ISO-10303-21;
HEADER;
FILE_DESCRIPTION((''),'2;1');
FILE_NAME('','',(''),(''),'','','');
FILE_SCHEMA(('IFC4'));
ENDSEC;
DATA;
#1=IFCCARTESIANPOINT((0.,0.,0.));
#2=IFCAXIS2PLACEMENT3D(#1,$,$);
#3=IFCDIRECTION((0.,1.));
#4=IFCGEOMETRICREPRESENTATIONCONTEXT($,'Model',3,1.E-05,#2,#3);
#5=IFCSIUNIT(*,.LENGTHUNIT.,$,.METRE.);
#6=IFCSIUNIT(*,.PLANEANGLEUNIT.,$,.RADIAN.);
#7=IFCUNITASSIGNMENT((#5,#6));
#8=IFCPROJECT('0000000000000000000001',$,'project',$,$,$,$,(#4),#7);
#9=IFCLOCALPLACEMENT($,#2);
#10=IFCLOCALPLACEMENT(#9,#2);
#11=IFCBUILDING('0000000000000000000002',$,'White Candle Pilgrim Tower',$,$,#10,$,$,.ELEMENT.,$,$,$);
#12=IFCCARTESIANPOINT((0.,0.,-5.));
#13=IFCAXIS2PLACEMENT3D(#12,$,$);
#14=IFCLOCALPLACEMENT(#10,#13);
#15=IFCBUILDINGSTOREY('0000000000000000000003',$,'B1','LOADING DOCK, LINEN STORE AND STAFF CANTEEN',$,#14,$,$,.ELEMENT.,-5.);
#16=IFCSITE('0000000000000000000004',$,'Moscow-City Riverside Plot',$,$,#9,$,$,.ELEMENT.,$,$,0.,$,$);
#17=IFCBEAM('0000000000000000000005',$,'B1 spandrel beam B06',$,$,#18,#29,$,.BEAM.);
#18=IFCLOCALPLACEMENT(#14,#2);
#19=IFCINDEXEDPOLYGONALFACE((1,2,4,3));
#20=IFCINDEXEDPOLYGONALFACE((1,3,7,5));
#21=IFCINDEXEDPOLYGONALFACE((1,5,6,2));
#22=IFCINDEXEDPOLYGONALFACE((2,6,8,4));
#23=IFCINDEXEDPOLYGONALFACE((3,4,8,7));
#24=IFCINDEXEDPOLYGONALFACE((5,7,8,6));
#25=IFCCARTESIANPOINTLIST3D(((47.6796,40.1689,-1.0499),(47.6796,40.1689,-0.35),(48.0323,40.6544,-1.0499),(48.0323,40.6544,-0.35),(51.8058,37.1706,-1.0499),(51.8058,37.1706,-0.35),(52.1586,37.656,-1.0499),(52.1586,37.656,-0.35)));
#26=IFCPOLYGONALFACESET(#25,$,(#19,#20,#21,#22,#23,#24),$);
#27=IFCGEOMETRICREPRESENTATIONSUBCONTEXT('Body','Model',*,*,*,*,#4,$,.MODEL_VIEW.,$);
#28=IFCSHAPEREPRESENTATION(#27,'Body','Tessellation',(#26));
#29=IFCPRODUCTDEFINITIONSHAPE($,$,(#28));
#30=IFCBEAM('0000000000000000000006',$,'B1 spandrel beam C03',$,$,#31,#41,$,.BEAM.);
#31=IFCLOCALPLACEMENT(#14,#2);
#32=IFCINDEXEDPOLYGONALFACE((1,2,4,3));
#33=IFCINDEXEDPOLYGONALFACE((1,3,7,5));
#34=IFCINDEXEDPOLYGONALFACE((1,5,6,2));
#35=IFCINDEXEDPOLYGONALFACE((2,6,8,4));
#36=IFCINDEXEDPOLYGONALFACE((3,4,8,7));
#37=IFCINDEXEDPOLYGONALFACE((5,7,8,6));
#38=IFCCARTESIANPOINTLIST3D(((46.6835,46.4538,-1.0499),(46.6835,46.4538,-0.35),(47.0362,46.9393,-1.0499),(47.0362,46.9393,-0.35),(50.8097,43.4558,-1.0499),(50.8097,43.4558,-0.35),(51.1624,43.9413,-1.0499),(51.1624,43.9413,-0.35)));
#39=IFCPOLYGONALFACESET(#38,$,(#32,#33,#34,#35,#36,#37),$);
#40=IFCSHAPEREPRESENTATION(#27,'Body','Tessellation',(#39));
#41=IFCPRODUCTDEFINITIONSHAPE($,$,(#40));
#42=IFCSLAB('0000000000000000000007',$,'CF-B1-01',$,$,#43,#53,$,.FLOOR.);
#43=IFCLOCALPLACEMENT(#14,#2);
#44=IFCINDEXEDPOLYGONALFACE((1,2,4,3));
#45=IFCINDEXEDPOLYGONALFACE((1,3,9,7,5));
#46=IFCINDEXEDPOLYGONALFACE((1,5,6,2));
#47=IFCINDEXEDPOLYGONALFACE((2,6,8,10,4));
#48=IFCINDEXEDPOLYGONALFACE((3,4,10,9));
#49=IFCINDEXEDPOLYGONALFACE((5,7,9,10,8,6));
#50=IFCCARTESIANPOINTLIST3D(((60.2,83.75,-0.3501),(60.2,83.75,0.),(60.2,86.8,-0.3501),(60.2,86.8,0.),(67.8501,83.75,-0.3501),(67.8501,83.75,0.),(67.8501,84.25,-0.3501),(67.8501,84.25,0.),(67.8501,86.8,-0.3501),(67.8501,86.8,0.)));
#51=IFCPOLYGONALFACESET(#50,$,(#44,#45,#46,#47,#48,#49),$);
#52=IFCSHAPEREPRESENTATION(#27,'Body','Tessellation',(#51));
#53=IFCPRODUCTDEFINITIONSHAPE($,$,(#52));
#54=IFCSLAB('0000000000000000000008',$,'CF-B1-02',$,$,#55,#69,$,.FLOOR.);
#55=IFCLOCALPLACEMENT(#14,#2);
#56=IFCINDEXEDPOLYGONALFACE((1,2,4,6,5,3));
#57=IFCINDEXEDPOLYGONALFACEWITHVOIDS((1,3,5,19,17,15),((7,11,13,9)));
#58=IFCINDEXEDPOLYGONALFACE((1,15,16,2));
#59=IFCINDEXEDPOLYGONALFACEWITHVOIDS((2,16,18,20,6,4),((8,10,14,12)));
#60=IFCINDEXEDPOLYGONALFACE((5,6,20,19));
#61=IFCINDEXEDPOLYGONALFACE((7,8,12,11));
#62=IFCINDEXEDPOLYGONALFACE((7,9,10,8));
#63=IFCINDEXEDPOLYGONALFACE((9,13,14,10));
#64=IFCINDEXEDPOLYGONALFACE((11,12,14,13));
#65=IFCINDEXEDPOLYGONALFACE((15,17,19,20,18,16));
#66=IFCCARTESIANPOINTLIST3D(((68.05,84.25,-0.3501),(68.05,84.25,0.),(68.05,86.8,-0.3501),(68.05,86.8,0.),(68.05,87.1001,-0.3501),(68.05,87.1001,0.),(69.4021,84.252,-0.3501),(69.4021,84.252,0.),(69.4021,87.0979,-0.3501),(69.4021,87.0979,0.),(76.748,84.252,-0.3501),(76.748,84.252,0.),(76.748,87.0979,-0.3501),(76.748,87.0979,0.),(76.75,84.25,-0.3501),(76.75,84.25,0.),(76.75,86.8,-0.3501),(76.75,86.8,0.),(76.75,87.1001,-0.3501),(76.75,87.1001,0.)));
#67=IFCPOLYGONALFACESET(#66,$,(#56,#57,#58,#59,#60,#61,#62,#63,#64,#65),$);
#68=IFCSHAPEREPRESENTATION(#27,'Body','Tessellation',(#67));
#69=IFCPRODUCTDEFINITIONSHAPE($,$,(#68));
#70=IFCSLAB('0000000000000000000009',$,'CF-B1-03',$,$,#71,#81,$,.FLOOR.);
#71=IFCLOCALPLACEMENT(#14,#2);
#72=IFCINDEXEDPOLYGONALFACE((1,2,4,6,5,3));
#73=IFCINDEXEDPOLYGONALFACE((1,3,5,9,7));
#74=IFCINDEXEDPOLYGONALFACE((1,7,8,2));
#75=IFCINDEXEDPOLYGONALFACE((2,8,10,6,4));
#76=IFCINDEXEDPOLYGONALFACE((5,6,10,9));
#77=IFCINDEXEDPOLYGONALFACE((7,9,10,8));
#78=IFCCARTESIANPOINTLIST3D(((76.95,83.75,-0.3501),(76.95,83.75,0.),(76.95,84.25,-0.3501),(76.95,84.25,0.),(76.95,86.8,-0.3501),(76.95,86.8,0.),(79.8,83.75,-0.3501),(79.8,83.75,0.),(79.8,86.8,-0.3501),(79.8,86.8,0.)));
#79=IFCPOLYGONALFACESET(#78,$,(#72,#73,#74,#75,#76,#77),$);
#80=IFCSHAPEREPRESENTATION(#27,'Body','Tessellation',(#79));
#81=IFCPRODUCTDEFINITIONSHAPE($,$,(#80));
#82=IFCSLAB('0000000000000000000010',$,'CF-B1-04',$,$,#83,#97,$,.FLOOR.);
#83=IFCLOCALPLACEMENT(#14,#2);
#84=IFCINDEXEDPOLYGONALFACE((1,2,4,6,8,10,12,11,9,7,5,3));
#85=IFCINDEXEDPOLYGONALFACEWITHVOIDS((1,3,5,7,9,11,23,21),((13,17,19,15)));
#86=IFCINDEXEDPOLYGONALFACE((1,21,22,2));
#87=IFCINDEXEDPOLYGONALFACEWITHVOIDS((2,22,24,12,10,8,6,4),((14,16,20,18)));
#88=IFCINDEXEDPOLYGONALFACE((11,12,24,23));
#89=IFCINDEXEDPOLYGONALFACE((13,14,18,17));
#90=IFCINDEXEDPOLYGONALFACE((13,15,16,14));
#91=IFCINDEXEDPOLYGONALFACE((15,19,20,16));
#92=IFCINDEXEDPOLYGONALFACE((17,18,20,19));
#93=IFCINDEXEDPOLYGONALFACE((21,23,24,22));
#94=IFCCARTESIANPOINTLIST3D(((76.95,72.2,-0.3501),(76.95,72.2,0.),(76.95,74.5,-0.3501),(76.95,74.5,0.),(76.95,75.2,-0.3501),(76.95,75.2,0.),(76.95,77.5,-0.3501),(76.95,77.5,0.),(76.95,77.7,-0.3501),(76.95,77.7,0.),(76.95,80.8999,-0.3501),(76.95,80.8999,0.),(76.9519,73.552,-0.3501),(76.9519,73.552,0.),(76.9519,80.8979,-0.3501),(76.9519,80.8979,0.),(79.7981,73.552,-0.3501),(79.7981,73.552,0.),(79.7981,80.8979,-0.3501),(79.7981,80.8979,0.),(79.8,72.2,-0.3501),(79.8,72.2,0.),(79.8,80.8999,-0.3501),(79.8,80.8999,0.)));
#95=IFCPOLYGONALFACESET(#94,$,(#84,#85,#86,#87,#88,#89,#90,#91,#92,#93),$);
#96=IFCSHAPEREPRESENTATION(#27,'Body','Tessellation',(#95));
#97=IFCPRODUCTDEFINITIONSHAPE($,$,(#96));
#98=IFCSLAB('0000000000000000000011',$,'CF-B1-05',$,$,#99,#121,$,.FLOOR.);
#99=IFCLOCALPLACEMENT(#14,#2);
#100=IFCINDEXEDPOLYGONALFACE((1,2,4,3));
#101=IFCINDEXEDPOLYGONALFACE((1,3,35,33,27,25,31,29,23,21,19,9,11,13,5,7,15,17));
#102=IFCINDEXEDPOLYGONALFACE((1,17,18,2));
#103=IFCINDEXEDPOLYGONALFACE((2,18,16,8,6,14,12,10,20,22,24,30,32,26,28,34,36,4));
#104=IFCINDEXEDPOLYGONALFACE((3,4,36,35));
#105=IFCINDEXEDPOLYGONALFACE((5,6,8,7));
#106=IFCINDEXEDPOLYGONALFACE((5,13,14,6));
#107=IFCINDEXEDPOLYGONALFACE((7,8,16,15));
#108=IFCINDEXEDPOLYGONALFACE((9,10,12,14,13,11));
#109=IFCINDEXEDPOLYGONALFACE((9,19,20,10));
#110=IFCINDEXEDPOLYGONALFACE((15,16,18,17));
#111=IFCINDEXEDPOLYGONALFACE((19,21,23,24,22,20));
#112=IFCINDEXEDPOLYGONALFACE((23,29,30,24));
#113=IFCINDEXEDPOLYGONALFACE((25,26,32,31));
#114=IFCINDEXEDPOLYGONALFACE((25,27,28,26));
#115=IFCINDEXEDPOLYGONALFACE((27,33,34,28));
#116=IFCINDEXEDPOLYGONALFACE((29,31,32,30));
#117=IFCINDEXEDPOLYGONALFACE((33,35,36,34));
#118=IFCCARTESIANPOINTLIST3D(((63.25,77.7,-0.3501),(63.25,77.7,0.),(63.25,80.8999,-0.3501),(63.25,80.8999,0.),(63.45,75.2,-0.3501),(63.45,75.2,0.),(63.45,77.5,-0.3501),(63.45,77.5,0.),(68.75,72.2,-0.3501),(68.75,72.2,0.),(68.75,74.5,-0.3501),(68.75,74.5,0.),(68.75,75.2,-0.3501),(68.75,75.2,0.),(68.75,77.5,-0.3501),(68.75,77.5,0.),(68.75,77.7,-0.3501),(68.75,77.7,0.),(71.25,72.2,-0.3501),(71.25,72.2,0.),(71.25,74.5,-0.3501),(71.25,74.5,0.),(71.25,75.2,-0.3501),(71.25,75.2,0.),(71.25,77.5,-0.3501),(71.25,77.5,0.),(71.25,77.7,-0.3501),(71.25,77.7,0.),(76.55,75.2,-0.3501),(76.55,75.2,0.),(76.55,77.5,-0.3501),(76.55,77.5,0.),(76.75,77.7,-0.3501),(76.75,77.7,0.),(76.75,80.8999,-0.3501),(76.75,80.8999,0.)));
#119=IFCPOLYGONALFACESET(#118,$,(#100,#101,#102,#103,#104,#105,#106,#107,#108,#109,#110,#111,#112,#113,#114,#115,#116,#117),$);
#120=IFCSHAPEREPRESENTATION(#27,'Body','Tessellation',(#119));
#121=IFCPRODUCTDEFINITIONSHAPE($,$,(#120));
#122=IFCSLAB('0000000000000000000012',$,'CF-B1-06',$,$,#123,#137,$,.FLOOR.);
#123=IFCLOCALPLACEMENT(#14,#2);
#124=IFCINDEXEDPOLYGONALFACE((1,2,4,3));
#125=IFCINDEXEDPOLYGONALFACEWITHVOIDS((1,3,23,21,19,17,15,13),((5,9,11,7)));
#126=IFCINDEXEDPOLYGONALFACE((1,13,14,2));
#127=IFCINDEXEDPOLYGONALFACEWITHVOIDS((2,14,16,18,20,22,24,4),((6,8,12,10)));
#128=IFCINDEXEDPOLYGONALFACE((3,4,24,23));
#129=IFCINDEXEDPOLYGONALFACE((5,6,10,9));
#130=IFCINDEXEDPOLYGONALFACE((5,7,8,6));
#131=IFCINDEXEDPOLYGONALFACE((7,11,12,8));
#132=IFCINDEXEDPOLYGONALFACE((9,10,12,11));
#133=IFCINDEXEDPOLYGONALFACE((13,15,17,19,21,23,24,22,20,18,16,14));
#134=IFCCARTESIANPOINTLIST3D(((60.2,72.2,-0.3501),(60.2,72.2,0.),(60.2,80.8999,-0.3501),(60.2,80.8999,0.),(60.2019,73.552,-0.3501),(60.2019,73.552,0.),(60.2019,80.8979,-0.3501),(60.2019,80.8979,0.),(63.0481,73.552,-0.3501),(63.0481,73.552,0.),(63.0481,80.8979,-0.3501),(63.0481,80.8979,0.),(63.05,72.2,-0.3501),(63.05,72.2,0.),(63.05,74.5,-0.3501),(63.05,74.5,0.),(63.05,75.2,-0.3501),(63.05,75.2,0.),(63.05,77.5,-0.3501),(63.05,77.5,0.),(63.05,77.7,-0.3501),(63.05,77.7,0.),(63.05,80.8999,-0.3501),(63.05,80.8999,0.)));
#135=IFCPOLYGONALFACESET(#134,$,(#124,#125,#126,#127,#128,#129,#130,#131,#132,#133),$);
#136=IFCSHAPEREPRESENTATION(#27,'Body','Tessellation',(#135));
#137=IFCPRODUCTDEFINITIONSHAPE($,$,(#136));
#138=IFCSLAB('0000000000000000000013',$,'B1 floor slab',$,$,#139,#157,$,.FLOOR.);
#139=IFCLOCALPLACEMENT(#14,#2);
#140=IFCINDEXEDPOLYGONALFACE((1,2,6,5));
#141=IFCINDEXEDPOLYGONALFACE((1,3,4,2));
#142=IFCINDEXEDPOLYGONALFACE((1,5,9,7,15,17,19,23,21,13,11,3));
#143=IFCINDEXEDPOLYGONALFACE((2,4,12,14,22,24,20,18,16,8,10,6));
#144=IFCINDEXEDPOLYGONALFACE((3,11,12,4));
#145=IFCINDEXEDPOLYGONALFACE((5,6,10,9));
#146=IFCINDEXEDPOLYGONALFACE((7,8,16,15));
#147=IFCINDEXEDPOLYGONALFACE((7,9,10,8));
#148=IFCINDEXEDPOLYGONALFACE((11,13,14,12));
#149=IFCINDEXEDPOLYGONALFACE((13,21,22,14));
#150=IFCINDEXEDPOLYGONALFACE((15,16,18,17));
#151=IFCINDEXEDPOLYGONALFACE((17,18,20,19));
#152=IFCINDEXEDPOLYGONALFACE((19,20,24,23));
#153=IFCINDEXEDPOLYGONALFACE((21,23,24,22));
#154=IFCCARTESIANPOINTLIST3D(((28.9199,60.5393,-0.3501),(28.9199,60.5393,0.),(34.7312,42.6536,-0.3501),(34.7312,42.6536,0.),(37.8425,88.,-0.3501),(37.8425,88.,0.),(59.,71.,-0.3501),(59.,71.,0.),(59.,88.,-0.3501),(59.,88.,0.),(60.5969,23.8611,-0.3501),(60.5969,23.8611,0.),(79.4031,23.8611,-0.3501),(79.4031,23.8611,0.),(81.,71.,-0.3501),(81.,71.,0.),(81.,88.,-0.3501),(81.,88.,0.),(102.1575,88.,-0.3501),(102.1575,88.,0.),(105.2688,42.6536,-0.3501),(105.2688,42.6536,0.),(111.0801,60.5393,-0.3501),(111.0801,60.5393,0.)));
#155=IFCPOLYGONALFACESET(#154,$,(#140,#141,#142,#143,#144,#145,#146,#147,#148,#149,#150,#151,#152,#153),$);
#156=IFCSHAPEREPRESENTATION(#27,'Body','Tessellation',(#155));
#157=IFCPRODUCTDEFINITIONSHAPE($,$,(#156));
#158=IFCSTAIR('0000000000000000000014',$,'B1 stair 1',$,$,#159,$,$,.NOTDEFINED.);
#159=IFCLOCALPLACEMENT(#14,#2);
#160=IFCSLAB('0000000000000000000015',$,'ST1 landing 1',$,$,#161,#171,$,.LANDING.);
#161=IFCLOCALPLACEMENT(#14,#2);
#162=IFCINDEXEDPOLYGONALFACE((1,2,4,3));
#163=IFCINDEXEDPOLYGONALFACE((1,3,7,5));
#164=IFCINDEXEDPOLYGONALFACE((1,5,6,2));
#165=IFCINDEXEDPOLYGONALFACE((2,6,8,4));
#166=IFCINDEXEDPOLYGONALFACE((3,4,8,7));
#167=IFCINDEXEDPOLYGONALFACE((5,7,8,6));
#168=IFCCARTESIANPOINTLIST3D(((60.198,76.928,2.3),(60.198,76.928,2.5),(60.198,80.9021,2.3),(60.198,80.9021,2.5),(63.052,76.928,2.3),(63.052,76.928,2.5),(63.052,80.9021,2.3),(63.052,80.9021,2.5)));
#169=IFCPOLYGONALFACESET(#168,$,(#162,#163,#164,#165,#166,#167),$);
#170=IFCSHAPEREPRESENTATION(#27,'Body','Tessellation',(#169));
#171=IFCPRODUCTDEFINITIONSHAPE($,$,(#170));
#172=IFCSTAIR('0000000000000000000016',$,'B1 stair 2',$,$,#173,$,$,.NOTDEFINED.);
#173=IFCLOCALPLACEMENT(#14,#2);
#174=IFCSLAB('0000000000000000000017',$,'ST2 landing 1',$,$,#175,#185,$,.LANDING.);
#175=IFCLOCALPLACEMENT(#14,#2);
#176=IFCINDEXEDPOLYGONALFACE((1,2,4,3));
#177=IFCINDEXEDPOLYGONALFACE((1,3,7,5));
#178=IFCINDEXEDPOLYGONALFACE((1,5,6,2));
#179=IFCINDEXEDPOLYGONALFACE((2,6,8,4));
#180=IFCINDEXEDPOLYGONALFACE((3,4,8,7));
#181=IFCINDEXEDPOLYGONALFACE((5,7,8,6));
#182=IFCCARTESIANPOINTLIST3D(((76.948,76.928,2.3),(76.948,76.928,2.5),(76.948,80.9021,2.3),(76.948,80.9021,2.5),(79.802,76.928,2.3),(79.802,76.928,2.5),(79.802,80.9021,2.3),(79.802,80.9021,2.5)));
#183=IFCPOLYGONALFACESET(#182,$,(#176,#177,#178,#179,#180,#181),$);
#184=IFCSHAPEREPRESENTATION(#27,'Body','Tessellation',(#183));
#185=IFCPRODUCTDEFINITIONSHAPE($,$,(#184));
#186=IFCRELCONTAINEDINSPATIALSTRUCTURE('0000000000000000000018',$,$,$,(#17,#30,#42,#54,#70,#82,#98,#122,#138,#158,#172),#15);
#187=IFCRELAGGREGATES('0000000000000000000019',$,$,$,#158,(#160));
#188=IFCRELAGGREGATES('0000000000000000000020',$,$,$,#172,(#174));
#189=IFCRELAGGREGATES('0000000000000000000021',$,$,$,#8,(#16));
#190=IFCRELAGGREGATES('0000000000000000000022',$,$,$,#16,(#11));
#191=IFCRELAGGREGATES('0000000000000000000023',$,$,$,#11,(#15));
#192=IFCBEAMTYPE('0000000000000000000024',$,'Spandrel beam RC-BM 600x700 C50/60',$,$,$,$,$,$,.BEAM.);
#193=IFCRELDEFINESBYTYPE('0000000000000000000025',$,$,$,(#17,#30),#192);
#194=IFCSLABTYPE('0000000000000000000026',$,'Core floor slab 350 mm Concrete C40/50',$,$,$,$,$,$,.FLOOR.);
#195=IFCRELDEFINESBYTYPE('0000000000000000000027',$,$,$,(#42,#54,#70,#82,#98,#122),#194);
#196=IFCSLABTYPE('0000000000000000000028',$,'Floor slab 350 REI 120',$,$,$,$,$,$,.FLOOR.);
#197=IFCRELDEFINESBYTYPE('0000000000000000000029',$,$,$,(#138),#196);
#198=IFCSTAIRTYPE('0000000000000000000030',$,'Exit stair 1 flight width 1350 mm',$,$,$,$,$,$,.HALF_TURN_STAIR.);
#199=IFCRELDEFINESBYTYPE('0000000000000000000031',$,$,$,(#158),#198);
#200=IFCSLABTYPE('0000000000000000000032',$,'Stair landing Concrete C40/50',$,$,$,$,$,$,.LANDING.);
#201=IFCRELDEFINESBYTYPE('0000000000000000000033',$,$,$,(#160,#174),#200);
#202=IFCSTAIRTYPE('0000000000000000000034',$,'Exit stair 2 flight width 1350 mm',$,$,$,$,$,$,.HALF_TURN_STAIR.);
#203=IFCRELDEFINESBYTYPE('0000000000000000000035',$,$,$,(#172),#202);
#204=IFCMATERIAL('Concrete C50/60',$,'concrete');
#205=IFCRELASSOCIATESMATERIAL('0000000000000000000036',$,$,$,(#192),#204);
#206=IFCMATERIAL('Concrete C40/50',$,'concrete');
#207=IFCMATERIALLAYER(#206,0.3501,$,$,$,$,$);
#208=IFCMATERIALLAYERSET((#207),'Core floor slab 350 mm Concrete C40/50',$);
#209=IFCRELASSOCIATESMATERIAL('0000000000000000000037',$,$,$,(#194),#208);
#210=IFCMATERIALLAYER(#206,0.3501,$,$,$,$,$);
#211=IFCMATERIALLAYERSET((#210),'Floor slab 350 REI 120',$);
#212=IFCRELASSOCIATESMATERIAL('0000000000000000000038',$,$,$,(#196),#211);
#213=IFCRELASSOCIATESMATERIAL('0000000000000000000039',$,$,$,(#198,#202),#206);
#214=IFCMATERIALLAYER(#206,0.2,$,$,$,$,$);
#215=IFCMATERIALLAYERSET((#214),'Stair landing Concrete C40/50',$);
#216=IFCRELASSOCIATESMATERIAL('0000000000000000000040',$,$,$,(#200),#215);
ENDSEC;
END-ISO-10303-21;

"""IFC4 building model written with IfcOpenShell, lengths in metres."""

from ifc_helpers import new_model, si_unit, direction, frame, origin, origin_2d, place, context, subcontext, project, spatial, polyline, rectangle, outline, extrude, material, layer, layer_set, material_profile, profile_set, type_object, element, aggregate, save


model = new_model("IFC4")

# Units and contexts
model_context = context("Model", 3, precision=1e-05, world=origin(), true_north=direction((0.0, 1.0)))
body_context = subcontext(model_context, "Body", "Model", "MODEL_VIEW")
ifc_project = project(units=[si_unit("LENGTHUNIT", "METRE"), si_unit("PLANEANGLEUNIT", "RADIAN")], contexts=[model_context])

# Site, building, storey
site_placement = place(None, origin())
site = spatial("IfcSite", under=ifc_project, at=site_placement, Name="Moscow-City Riverside Plot", CompositionType="ELEMENT", RefElevation=0.0)
building_placement = place(site_placement, origin())
building = spatial("IfcBuilding", under=site, at=building_placement, Name="White Candle Pilgrim Tower", CompositionType="ELEMENT")
storey_placement = place(building_placement, frame((0.0, 0.0, -5.0)))
storey = spatial("IfcBuildingStorey", under=building, at=storey_placement, Name="B1", Description="LOADING DOCK, LINEN STORE AND STAFF CANTEEN", CompositionType="ELEMENT", Elevation=-5.0)

# Beams
ifc_material_1 = material(Name="Concrete C50/60", Category="concrete")
ifc_material_profile_1 = material_profile(ifc_material_1, rectangle(XDim=0.6001, YDim=0.7, at=origin_2d()), Name="RC-BM 600x700")
ifc_profile_set_1 = profile_set([ifc_material_profile_1], Name="Concrete C50/60")
beam_type = type_object("IfcBeamType", Name="Spandrel beam RC-BM 600x700 C50/60", PredefinedType="BEAM", material=ifc_profile_set_1)
beam_1_placement = place(storey_placement, frame((47.856, 40.4116, -0.7), z_axis=(0.808978, -0.587839, 0.0), x_axis=(0.587839, 0.808978, 0.0)))
element("IfcBeam", 1, at=beam_1_placement, inside=storey, type_object=beam_type, Name="B1 spandrel beam B06", PredefinedType="BEAM", context=body_context, shape_type="SweptSolid", body=[
    extrude(rectangle(XDim=0.6001, YDim=0.7, at=origin_2d()), origin(), (0.0, 0.0, 1.0), 5.1006),
])
beam_2_placement = place(storey_placement, frame((46.8599, 46.6965, -0.7), z_axis=(0.809001, -0.587807, 0.0), x_axis=(0.587807, 0.809001, 0.0)))
element("IfcBeam", 2, at=beam_2_placement, inside=storey, type_object=beam_type, Name="B1 spandrel beam C03", PredefinedType="BEAM", context=body_context, shape_type="SweptSolid", body=[
    extrude(rectangle(XDim=0.6001, YDim=0.7, at=origin_2d()), origin(), (0.0, 0.0, 1.0), 5.1003),
])

# Slabs
ifc_material_2 = material(Name="Concrete C40/50", Category="concrete")
ifc_layer_1 = layer(ifc_material_2, 0.3501)
ifc_layer_set_1 = layer_set([ifc_layer_1], Name="Core floor slab 350 mm Concrete C40/50")
slab_type_1 = type_object("IfcSlabType", Name="Core floor slab 350 mm Concrete C40/50", PredefinedType="FLOOR", material=ifc_layer_set_1)
slab_1_placement = place(storey_placement, frame((0.0, 0.0, -0.3501)))
element("IfcSlab", 3, at=slab_1_placement, inside=storey, type_object=slab_type_1, Name="CF-B1-01", PredefinedType="FLOOR", context=body_context, shape_type="SweptSolid", body=[
    extrude(outline(polyline([(67.8501, 86.8), (67.8501, 84.25), (67.8501, 83.75), (60.2, 83.75), (60.2, 86.8), (67.8501, 86.8)])), origin(), (0.0, 0.0, 1.0), 0.3501),
])
slab_2_placement = place(storey_placement, frame((0.0, 0.0, -0.3501)))
element("IfcSlab", 4, at=slab_2_placement, inside=storey, type_object=slab_type_1, Name="CF-B1-02", PredefinedType="FLOOR", context=body_context, shape_type="SweptSolid", body=[
    extrude(outline(polyline([(68.05, 87.1001), (76.75, 87.1001), (76.75, 86.8), (76.75, 84.25), (68.05, 84.25), (68.05, 86.8), (68.05, 87.1001)]), holes=[polyline([(69.4021, 87.0979), (69.4021, 84.252), (76.748, 84.252), (76.748, 87.0979), (69.4021, 87.0979)])]), origin(), (0.0, 0.0, 1.0), 0.3501),
])
slab_3_placement = place(storey_placement, frame((0.0, 0.0, -0.3501)))
element("IfcSlab", 5, at=slab_3_placement, inside=storey, type_object=slab_type_1, Name="CF-B1-03", PredefinedType="FLOOR", context=body_context, shape_type="SweptSolid", body=[
    extrude(outline(polyline([(79.8, 86.8), (79.8, 83.75), (76.95, 83.75), (76.95, 84.25), (76.95, 86.8), (79.8, 86.8)])), origin(), (0.0, 0.0, 1.0), 0.3501),
])
slab_4_placement = place(storey_placement, frame((0.0, 0.0, -0.3501)))
element("IfcSlab", 6, at=slab_4_placement, inside=storey, type_object=slab_type_1, Name="CF-B1-04", PredefinedType="FLOOR", context=body_context, shape_type="SweptSolid", body=[
    extrude(outline(polyline([(79.8, 72.2), (76.95, 72.2), (76.95, 74.5), (76.95, 75.2), (76.95, 77.5), (76.95, 77.7), (76.95, 80.8999), (79.8, 80.8999), (79.8, 72.2)]), holes=[polyline([(76.9519, 73.552), (79.7981, 73.552), (79.7981, 80.8979), (76.9519, 80.8979), (76.9519, 73.552)])]), origin(), (0.0, 0.0, 1.0), 0.3501),
])
slab_5_placement = place(storey_placement, frame((0.0, 0.0, -0.3501)))
element("IfcSlab", 7, at=slab_5_placement, inside=storey, type_object=slab_type_1, Name="CF-B1-05", PredefinedType="FLOOR", context=body_context, shape_type="SweptSolid", body=[
    extrude(outline(polyline([(68.75, 72.2), (68.75, 74.5), (68.75, 75.2), (63.45, 75.2), (63.45, 77.5), (68.75, 77.5), (68.75, 77.7), (63.25, 77.7), (63.25, 80.8999), (76.75, 80.8999), (76.75, 77.7), (71.25, 77.7), (71.25, 77.5), (76.55, 77.5), (76.55, 75.2), (71.25, 75.2), (71.25, 74.5), (71.25, 72.2), (68.75, 72.2)])), origin(), (0.0, 0.0, 1.0), 0.3501),
])
slab_6_placement = place(storey_placement, frame((0.0, 0.0, -0.3501)))
element("IfcSlab", 8, at=slab_6_placement, inside=storey, type_object=slab_type_1, Name="CF-B1-06", PredefinedType="FLOOR", context=body_context, shape_type="SweptSolid", body=[
    extrude(outline(polyline([(60.2, 72.2), (60.2, 80.8999), (63.05, 80.8999), (63.05, 77.7), (63.05, 77.5), (63.05, 75.2), (63.05, 74.5), (63.05, 72.2), (60.2, 72.2)]), holes=[polyline([(63.0481, 73.552), (63.0481, 80.8979), (60.2019, 80.8979), (60.2019, 73.552), (63.0481, 73.552)])]), origin(), (0.0, 0.0, 1.0), 0.3501),
])
ifc_layer_2 = layer(ifc_material_2, 0.3501)
ifc_layer_set_2 = layer_set([ifc_layer_2], Name="Floor slab 350 REI 120")
slab_type_2 = type_object("IfcSlabType", Name="Floor slab 350 REI 120", PredefinedType="FLOOR", material=ifc_layer_set_2)
slab_7_placement = place(storey_placement, frame((0.0, 0.0, -0.3501)))
element("IfcSlab", 9, at=slab_7_placement, inside=storey, type_object=slab_type_2, Name="B1 floor slab", PredefinedType="FLOOR", context=body_context, shape_type="SweptSolid", body=[
    extrude(outline(polyline([(60.5969, 23.8611), (79.4031, 23.8611), (105.2688, 42.6536), (111.0801, 60.5393), (102.1575, 88.0), (81.0, 88.0), (81.0, 71.0), (59.0, 71.0), (59.0, 88.0), (37.8425, 88.0), (28.9199, 60.5393), (34.7312, 42.6536), (60.5969, 23.8611)])), origin(), (0.0, 0.0, 1.0), 0.3501),
])

# Stairs, slabs
stair_type_1 = type_object("IfcStairType", Name="Exit stair 1 flight width 1350 mm", PredefinedType="HALF_TURN_STAIR", material=ifc_material_2)
stair_1_placement = place(storey_placement, origin())
stair_1 = element("IfcStair", 10, at=stair_1_placement, inside=storey, type_object=stair_type_1, Name="B1 stair 1", PredefinedType="NOTDEFINED")
ifc_layer_3 = layer(ifc_material_2, 0.2)
ifc_layer_set_3 = layer_set([ifc_layer_3], Name="Stair landing Concrete C40/50")
slab_type_3 = type_object("IfcSlabType", Name="Stair landing Concrete C40/50", PredefinedType="LANDING", material=ifc_layer_set_3)
slab_8_placement = place(storey_placement, frame((0.0, 0.0, 2.3)))
slab_8 = element("IfcSlab", 11, at=slab_8_placement, type_object=slab_type_3, Name="ST1 landing 1", PredefinedType="LANDING", context=body_context, shape_type="SweptSolid", body=[
    extrude(outline(polyline([(63.052, 76.928), (60.198, 76.928), (60.198, 80.9021), (63.052, 80.9021), (63.052, 76.928)])), origin(), (0.0, 0.0, 1.0), 0.2),
])
aggregate(stair_1, [slab_8])
stair_type_2 = type_object("IfcStairType", Name="Exit stair 2 flight width 1350 mm", PredefinedType="HALF_TURN_STAIR", material=ifc_material_2)
stair_2_placement = place(storey_placement, origin())
stair_2 = element("IfcStair", 12, at=stair_2_placement, inside=storey, type_object=stair_type_2, Name="B1 stair 2", PredefinedType="NOTDEFINED")
slab_9_placement = place(storey_placement, frame((0.0, 0.0, 2.3)))
slab_9 = element("IfcSlab", 13, at=slab_9_placement, type_object=slab_type_3, Name="ST2 landing 1", PredefinedType="LANDING", context=body_context, shape_type="SweptSolid", body=[
    extrude(outline(polyline([(79.802, 76.928), (76.948, 76.928), (76.948, 80.9021), (79.802, 80.9021), (79.802, 76.928)])), origin(), (0.0, 0.0, 1.0), 0.2),
])
aggregate(stair_2, [slab_9])

save(model, "model.ifc")
